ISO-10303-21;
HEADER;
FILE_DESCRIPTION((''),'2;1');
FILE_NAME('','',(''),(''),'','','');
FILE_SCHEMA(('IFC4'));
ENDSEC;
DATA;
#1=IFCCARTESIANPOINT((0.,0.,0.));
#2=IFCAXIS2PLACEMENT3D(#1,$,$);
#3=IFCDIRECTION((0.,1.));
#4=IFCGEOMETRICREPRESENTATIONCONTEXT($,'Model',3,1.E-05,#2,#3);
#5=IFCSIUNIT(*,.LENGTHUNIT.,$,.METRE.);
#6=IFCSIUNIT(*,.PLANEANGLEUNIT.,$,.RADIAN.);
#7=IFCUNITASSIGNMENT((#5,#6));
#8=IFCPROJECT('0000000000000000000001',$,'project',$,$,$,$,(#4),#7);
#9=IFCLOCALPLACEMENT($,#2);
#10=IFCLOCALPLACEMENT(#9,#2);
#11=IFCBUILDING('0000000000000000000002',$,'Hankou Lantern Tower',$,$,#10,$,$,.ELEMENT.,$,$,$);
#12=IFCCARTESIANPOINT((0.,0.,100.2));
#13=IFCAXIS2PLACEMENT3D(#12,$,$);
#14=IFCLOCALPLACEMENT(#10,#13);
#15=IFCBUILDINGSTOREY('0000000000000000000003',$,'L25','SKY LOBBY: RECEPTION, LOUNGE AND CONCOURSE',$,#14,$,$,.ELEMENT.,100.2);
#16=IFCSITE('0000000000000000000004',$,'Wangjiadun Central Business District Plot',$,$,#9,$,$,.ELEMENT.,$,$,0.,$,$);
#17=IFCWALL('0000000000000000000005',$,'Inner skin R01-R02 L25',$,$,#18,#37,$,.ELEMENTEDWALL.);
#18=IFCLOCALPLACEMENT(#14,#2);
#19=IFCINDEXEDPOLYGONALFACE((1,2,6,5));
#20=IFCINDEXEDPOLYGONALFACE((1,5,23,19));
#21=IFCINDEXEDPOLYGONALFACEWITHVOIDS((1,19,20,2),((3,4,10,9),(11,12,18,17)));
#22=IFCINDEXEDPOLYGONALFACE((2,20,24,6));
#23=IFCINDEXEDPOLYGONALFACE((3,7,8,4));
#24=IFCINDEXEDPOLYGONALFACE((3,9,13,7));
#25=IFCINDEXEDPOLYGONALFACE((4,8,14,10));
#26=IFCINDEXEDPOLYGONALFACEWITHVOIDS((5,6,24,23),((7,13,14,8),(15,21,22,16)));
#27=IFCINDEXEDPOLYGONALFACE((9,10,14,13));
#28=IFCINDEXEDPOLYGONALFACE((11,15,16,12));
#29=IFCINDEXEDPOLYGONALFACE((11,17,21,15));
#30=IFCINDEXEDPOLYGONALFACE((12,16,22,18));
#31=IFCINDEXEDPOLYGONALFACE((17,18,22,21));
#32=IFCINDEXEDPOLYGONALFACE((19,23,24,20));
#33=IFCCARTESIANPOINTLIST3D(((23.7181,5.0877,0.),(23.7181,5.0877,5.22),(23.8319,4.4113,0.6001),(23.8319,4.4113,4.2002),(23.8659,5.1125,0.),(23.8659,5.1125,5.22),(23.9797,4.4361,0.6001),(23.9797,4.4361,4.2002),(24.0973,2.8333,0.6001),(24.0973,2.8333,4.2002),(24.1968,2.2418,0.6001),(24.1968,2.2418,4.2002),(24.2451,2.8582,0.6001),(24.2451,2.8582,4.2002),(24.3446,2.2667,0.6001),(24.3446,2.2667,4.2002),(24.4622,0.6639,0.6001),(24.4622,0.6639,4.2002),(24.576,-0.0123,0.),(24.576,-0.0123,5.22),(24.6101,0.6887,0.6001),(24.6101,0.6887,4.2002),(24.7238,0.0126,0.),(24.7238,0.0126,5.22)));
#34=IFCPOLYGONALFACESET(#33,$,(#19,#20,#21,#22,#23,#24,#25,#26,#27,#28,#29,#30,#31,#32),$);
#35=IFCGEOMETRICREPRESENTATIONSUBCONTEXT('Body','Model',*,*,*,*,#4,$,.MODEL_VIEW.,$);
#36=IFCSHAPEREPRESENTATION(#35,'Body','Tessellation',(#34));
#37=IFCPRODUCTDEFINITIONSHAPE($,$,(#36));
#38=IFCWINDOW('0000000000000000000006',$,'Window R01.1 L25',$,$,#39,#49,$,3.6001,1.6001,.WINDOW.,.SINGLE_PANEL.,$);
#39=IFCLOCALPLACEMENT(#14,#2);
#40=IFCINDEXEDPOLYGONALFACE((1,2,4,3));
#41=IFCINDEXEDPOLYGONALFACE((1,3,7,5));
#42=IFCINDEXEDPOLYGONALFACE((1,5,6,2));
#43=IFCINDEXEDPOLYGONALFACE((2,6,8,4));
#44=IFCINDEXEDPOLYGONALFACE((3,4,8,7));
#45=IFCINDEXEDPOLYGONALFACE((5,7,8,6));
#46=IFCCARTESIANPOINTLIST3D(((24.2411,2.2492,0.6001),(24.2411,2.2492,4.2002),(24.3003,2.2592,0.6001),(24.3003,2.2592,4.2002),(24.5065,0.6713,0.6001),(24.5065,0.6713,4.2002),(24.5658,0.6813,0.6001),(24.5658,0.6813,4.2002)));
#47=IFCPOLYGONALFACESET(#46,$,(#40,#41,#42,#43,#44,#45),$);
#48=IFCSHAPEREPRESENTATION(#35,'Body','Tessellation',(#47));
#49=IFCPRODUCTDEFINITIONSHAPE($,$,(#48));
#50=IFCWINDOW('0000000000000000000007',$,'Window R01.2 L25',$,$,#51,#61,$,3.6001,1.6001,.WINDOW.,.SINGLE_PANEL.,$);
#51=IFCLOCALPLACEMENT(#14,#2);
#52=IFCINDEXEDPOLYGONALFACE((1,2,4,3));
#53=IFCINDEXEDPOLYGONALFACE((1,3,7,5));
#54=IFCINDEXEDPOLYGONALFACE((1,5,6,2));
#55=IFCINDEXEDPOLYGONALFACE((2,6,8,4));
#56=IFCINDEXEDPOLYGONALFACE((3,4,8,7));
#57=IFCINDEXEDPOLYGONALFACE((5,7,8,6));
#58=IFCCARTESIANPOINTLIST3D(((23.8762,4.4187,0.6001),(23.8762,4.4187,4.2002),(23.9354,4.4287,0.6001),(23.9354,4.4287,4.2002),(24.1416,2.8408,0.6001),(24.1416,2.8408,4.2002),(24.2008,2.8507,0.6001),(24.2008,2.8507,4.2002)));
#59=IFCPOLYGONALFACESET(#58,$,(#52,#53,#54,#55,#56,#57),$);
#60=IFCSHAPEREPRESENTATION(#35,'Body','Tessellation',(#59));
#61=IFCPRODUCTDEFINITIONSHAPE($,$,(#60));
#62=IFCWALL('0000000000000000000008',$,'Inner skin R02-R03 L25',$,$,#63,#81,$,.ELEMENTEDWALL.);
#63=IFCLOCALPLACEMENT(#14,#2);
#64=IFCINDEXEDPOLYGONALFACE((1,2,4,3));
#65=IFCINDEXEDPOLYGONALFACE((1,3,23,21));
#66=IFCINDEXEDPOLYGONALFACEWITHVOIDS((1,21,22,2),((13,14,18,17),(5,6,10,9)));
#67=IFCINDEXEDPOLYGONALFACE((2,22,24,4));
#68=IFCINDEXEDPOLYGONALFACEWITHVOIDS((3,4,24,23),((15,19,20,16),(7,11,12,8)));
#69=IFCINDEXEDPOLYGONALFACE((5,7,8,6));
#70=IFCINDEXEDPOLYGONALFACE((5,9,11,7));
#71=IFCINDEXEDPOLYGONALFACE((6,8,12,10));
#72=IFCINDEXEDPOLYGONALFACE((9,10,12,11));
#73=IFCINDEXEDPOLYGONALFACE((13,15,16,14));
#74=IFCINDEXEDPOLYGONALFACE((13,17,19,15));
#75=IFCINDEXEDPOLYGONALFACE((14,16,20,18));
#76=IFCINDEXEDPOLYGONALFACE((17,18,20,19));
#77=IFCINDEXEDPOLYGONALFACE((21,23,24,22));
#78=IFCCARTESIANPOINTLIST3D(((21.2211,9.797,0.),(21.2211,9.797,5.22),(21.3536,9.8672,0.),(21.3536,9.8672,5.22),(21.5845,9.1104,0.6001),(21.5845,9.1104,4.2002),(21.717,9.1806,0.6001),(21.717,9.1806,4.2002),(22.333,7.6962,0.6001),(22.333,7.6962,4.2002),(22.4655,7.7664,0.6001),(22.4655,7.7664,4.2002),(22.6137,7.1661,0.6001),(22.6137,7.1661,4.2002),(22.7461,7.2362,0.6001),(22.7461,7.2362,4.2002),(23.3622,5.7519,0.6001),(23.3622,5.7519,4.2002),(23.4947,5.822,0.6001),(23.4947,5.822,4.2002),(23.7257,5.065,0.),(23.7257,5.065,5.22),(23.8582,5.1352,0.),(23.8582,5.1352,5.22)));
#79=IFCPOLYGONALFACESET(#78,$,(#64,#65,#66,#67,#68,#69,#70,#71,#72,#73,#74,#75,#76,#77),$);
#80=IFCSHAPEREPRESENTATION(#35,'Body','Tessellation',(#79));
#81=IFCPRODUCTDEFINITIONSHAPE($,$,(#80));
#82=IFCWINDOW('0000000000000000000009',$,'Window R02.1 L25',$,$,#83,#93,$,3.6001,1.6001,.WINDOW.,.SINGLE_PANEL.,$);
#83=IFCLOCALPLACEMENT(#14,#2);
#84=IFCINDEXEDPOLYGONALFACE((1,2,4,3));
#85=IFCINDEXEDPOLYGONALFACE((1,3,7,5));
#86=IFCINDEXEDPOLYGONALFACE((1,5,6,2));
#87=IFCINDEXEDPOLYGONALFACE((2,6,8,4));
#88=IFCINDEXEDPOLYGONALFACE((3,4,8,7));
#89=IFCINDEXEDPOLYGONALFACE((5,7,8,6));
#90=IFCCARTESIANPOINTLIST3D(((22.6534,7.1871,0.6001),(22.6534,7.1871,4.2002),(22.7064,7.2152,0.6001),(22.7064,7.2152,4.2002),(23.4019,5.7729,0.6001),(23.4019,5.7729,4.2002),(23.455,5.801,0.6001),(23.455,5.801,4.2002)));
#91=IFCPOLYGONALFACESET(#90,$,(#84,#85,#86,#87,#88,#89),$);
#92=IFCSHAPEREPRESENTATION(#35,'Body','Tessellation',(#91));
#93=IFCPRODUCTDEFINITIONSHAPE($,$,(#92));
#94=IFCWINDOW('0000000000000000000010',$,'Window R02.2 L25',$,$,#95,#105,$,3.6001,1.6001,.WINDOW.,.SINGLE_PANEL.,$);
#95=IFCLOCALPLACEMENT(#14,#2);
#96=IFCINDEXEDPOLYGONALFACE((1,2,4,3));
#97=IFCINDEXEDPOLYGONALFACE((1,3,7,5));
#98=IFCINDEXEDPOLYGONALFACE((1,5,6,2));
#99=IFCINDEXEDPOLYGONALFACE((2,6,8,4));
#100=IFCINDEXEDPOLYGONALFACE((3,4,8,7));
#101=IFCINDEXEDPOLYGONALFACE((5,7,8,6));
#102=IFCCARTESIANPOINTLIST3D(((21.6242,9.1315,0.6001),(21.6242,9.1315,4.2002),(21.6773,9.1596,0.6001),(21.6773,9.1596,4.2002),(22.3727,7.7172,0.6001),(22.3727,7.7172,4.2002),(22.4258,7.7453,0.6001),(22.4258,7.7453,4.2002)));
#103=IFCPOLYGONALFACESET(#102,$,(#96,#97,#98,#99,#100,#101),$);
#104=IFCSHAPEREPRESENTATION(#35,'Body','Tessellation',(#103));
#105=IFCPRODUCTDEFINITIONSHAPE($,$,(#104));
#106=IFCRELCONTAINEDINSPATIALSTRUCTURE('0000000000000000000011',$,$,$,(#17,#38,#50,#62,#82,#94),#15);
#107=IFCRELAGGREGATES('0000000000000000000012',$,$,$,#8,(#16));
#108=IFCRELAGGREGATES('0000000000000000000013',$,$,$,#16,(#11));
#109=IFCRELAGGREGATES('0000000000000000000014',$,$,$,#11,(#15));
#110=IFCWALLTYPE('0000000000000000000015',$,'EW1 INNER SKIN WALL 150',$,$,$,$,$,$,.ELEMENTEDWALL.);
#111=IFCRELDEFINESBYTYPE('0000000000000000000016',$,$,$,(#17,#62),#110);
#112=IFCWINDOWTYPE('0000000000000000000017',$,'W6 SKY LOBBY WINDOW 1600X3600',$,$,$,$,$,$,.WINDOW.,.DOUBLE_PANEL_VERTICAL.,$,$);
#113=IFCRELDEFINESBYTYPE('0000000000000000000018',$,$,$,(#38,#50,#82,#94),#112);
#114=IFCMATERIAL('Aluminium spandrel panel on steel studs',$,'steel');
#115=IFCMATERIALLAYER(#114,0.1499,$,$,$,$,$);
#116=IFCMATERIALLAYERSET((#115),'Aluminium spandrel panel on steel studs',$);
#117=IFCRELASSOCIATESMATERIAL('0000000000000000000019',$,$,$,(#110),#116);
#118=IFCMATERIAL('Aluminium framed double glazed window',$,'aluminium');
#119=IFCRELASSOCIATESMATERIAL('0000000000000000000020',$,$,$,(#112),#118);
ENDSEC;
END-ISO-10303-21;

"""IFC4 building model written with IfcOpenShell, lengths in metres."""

from ifc_helpers import new_model, si_unit, direction, frame, frame_2d, origin, place, context, subcontext, project, spatial, rectangle, extrude, material, layer, layer_set, type_object, element, fill, save


model = new_model("IFC4")

# Units and contexts
model_context = context("Model", 3, precision=1e-05, world=origin(), true_north=direction((0.0, 1.0)))
body_context = subcontext(model_context, "Body", "Model", "MODEL_VIEW")
ifc_project = project(units=[si_unit("LENGTHUNIT", "METRE"), si_unit("PLANEANGLEUNIT", "RADIAN")], contexts=[model_context])

# Site, building, storey
site_placement = place(None, origin())
site = spatial("IfcSite", under=ifc_project, at=site_placement, Name="Wangjiadun Central Business District Plot", CompositionType="ELEMENT", RefElevation=0.0)
building_placement = place(site_placement, origin())
building = spatial("IfcBuilding", under=site, at=building_placement, Name="Hankou Lantern Tower", CompositionType="ELEMENT")
storey_placement = place(building_placement, frame((0.0, 0.0, 100.2)))
storey = spatial("IfcBuildingStorey", under=building, at=storey_placement, Name="L25", Description="SKY LOBBY: RECEPTION, LOUNGE AND CONCOURSE", CompositionType="ELEMENT", Elevation=100.2)

# Walls, openings, windows
ifc_material_1 = material(Name="Aluminium spandrel panel on steel studs", Category="steel")
ifc_layer_1 = layer(ifc_material_1, 0.1499)
ifc_layer_set_1 = layer_set([ifc_layer_1], Name="Aluminium spandrel panel on steel studs")
wall_type_1 = type_object("IfcWallType", Name="EW1 INNER SKIN WALL 150", PredefinedType="ELEMENTEDWALL", material=ifc_layer_set_1)
wall_1_placement = place(storey_placement, frame((24.6499, 0.0, 0.0), z_axis=(0.0, 0.0, 1.0), x_axis=(-0.165884, 0.986145, 0.0)))
wall_1 = element("IfcWall", 1, at=wall_1_placement, inside=storey, type_object=wall_type_1, Name="Inner skin R01-R02 L25", PredefinedType="ELEMENTEDWALL", context=body_context, shape_type="SweptSolid", body=[
    extrude(rectangle(XDim=5.1716, YDim=0.1499, at=frame_2d((2.5859, 0.0))), origin(), (0.0, 0.0, 1.0), 5.22),
])
opening_1_placement = place(wall_1_placement, frame((0.6858, 0.0, 0.6001)))
opening_1 = element("IfcOpeningElement", 2, at=opening_1_placement, cuts=wall_1, PredefinedType="OPENING", context=body_context, shape_type="SweptSolid", body=[
    extrude(rectangle(XDim=1.6001, YDim=3.6001, at=frame_2d((0.8, 1.8))), frame((0.0, 0.085, 0.0), z_axis=(0.0, -1.0, 0.0), x_axis=(1.0, 0.0, 0.0)), (0.0, 0.0, 1.0), 0.1699),
])
opening_2_placement = place(wall_1_placement, frame((2.8857, 0.0, 0.6001)))
opening_2 = element("IfcOpeningElement", 3, at=opening_2_placement, cuts=wall_1, PredefinedType="OPENING", context=body_context, shape_type="SweptSolid", body=[
    extrude(rectangle(XDim=1.6001, YDim=3.6001, at=frame_2d((0.8, 1.8))), frame((0.0, 0.085, 0.0), z_axis=(0.0, -1.0, 0.0), x_axis=(1.0, 0.0, 0.0)), (0.0, 0.0, 1.0), 0.1699),
])
ifc_material_2 = material(Name="Aluminium framed double glazed window", Category="aluminium")
window_type = type_object("IfcWindowType", Name="W6 SKY LOBBY WINDOW 1600X3600", PartitioningType="DOUBLE_PANEL_VERTICAL", PredefinedType="WINDOW", material=ifc_material_2)
window_1_placement = place(opening_1_placement, origin())
window_1 = element("IfcWindow", 4, at=window_1_placement, inside=storey, type_object=window_type, Name="Window R01.1 L25", OverallHeight=3.6001, OverallWidth=1.6001, PartitioningType="SINGLE_PANEL", PredefinedType="WINDOW", context=body_context, shape_type="SweptSolid", body=[
    extrude(rectangle(XDim=1.6001, YDim=3.6001, at=frame_2d((0.8, 1.8))), frame((0.0, 0.03, 0.0), z_axis=(0.0, -1.0, 0.0), x_axis=(1.0, 0.0, 0.0)), (0.0, 0.0, 1.0), 0.0601),
])
fill(opening_1, window_1)
window_2_placement = place(opening_2_placement, origin())
window_2 = element("IfcWindow", 5, at=window_2_placement, inside=storey, type_object=window_type, Name="Window R01.2 L25", OverallHeight=3.6001, OverallWidth=1.6001, PartitioningType="SINGLE_PANEL", PredefinedType="WINDOW", context=body_context, shape_type="SweptSolid", body=[
    extrude(rectangle(XDim=1.6001, YDim=3.6001, at=frame_2d((0.8, 1.8))), frame((0.0, 0.03, 0.0), z_axis=(0.0, -1.0, 0.0), x_axis=(1.0, 0.0, 0.0)), (0.0, 0.0, 1.0), 0.0601),
])
fill(opening_2, window_2)
wall_2_placement = place(storey_placement, frame((23.792, 5.1001, 0.0), z_axis=(0.0, 0.0, 1.0), x_axis=(-0.467814, 0.883827, 0.0)))
wall_2 = element("IfcWall", 6, at=wall_2_placement, inside=storey, type_object=wall_type_1, Name="Inner skin R02-R03 L25", PredefinedType="ELEMENTEDWALL", context=body_context, shape_type="SweptSolid", body=[
    extrude(rectangle(XDim=5.354, YDim=0.1499, at=frame_2d((2.677, 0.0))), origin(), (0.0, 0.0, 1.0), 5.22),
])
opening_3_placement = place(wall_2_placement, frame((0.7771, 0.0, 0.6001)))
opening_3 = element("IfcOpeningElement", 7, at=opening_3_placement, cuts=wall_2, PredefinedType="OPENING", context=body_context, shape_type="SweptSolid", body=[
    extrude(rectangle(XDim=1.6001, YDim=3.6001, at=frame_2d((0.8, 1.8))), frame((0.0, 0.085, 0.0), z_axis=(0.0, -1.0, 0.0), x_axis=(1.0, 0.0, 0.0)), (0.0, 0.0, 1.0), 0.1699),
])
opening_4_placement = place(wall_2_placement, frame((2.9771, 0.0, 0.6001)))
opening_4 = element("IfcOpeningElement", 8, at=opening_4_placement, cuts=wall_2, PredefinedType="OPENING", context=body_context, shape_type="SweptSolid", body=[
    extrude(rectangle(XDim=1.6001, YDim=3.6001, at=frame_2d((0.8, 1.8))), frame((0.0, 0.085, 0.0), z_axis=(0.0, -1.0, 0.0), x_axis=(1.0, 0.0, 0.0)), (0.0, 0.0, 1.0), 0.1699),
])
window_3_placement = place(opening_3_placement, origin())
window_3 = element("IfcWindow", 9, at=window_3_placement, inside=storey, type_object=window_type, Name="Window R02.1 L25", OverallHeight=3.6001, OverallWidth=1.6001, PartitioningType="SINGLE_PANEL", PredefinedType="WINDOW", context=body_context, shape_type="SweptSolid", body=[
    extrude(rectangle(XDim=1.6001, YDim=3.6001, at=frame_2d((0.8, 1.8))), frame((0.0, 0.03, 0.0), z_axis=(0.0, -1.0, 0.0), x_axis=(1.0, 0.0, 0.0)), (0.0, 0.0, 1.0), 0.0601),
])
fill(opening_3, window_3)
window_4_placement = place(opening_4_placement, origin())
window_4 = element("IfcWindow", 10, at=window_4_placement, inside=storey, type_object=window_type, Name="Window R02.2 L25", OverallHeight=3.6001, OverallWidth=1.6001, PartitioningType="SINGLE_PANEL", PredefinedType="WINDOW", context=body_context, shape_type="SweptSolid", body=[
    extrude(rectangle(XDim=1.6001, YDim=3.6001, at=frame_2d((0.8, 1.8))), frame((0.0, 0.03, 0.0), z_axis=(0.0, -1.0, 0.0), x_axis=(1.0, 0.0, 0.0)), (0.0, 0.0, 1.0), 0.0601),
])
fill(opening_4, window_4)

save(model, "model.ifc")
